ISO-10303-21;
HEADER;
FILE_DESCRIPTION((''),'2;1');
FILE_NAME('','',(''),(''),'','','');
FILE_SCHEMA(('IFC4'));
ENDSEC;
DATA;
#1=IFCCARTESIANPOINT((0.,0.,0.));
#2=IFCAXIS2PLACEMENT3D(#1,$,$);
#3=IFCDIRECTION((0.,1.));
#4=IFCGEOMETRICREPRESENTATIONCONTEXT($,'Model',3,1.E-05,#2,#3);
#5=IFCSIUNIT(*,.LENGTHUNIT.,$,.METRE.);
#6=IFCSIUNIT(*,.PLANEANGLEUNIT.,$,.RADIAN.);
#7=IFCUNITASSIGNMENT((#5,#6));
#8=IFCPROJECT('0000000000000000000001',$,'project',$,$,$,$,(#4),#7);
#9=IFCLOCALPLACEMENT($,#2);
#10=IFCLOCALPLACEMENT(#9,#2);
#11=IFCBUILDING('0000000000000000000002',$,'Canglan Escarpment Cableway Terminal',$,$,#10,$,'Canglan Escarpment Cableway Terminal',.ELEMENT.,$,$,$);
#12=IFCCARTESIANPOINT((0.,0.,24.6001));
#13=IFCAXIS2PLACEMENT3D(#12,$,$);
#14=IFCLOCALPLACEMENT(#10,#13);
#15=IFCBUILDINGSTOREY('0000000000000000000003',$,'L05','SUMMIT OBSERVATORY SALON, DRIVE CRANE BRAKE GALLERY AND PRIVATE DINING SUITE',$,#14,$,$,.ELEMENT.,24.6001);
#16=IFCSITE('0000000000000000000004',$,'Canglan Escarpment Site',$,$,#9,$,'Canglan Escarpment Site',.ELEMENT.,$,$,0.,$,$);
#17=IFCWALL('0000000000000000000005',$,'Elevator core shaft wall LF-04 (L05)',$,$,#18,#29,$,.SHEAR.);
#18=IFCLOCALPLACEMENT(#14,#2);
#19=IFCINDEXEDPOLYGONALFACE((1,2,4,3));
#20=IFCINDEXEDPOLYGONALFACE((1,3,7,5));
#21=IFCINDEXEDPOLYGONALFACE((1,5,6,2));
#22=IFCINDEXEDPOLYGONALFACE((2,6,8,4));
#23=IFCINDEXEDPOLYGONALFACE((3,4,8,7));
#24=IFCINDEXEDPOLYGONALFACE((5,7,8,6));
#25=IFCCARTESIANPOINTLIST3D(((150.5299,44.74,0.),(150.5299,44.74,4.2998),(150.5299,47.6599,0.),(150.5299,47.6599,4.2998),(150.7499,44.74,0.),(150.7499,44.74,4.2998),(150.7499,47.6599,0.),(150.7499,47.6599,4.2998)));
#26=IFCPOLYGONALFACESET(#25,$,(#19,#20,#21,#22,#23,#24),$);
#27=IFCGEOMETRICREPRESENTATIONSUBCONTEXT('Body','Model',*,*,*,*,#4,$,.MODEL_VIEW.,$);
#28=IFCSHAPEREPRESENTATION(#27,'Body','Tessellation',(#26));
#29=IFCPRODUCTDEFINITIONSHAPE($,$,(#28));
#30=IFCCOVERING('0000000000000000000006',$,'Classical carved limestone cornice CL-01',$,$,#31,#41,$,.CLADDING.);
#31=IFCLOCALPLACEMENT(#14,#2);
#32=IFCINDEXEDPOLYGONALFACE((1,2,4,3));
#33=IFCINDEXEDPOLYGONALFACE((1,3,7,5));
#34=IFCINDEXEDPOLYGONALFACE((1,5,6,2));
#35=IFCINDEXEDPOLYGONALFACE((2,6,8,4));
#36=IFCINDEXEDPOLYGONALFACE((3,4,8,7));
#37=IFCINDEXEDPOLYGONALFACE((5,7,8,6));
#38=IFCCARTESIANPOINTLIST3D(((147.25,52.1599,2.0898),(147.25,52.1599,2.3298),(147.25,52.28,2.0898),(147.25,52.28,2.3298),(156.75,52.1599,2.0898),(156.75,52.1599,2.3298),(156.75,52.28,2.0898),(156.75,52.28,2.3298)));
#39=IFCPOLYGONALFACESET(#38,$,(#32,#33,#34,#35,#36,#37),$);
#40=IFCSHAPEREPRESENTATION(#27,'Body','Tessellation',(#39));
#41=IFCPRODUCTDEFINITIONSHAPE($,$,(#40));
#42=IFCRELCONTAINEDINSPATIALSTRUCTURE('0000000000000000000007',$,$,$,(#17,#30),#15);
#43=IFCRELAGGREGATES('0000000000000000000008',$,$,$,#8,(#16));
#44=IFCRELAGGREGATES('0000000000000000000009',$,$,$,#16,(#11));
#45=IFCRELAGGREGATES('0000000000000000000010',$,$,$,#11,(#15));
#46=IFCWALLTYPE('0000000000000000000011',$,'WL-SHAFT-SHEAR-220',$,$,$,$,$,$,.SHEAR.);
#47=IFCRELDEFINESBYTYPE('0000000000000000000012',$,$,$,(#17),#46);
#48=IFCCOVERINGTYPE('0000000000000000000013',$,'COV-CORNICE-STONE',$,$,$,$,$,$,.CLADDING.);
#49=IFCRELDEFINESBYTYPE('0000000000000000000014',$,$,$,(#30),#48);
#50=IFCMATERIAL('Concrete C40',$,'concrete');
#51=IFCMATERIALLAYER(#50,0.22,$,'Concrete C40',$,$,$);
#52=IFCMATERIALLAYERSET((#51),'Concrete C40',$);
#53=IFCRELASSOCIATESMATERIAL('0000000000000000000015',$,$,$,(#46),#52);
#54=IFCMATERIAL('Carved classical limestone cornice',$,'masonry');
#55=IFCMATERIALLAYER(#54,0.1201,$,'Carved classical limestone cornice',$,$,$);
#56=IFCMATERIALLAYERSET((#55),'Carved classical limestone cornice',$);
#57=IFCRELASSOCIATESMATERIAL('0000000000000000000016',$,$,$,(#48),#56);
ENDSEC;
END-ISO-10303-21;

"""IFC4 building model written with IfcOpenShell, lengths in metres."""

from ifc_helpers import new_model, si_unit, direction, frame, frame_2d, origin, origin_2d, place, context, subcontext, project, spatial, rectangle, extrude, material, layer, layer_set, type_object, element, save


model = new_model("IFC4")

# Units and contexts
model_context = context("Model", 3, precision=1e-05, world=origin(), true_north=direction((0.0, 1.0)))
body_context = subcontext(model_context, "Body", "Model", "MODEL_VIEW")
ifc_project = project(units=[si_unit("LENGTHUNIT", "METRE"), si_unit("PLANEANGLEUNIT", "RADIAN")], contexts=[model_context])

# Site, building, storey
site_placement = place(None, origin())
site = spatial("IfcSite", under=ifc_project, at=site_placement, Name="Canglan Escarpment Site", LongName="Canglan Escarpment Site", CompositionType="ELEMENT", RefElevation=0.0)
building_placement = place(site_placement, origin())
building = spatial("IfcBuilding", under=site, at=building_placement, Name="Canglan Escarpment Cableway Terminal", LongName="Canglan Escarpment Cableway Terminal", CompositionType="ELEMENT")
storey_placement = place(building_placement, frame((0.0, 0.0, 24.6001)))
storey = spatial("IfcBuildingStorey", under=building, at=storey_placement, Name="L05", Description="SUMMIT OBSERVATORY SALON, DRIVE CRANE BRAKE GALLERY AND PRIVATE DINING SUITE", CompositionType="ELEMENT", Elevation=24.6001)

# Shared definitions
ifc_material_1 = material(Name="Concrete C40", Category="concrete")
ifc_layer_1 = layer(ifc_material_1, 0.22, Name="Concrete C40")
ifc_layer_set_1 = layer_set([ifc_layer_1], Name="Concrete C40")
wall_type = type_object("IfcWallType", Name="WL-SHAFT-SHEAR-220", PredefinedType="SHEAR", material=ifc_layer_set_1)

# Wall
wall_1_placement = place(storey_placement, frame((150.6399, 47.6599, 0.0), z_axis=(0.0, 0.0, 1.0), x_axis=(0.0, -1.0, 0.0)))
element("IfcWall", 1, at=wall_1_placement, inside=storey, type_object=wall_type, Name="Elevator core shaft wall LF-04 (L05)", PredefinedType="SHEAR", context=body_context, shape_type="SweptSolid", body=[
    extrude(rectangle(XDim=2.9199, YDim=0.22, at=frame_2d((1.46, 0.0))), origin(), (0.0, 0.0, 1.0), 4.2998),
])

# Covering
ifc_material_2 = material(Name="Carved classical limestone cornice", Category="masonry")
ifc_layer_2 = layer(ifc_material_2, 0.1201, Name="Carved classical limestone cornice")
ifc_layer_set_2 = layer_set([ifc_layer_2], Name="Carved classical limestone cornice")
covering_type = type_object("IfcCoveringType", Name="COV-CORNICE-STONE", PredefinedType="CLADDING", material=ifc_layer_set_2)
covering_placement = place(storey_placement, frame((152.0, 52.22, 2.0898), z_axis=(0.0, 0.0, 1.0), x_axis=(-1.0, 0.0, 0.0)))
element("IfcCovering", 2, at=covering_placement, inside=storey, type_object=covering_type, Name="Classical carved limestone cornice CL-01", PredefinedType="CLADDING", context=body_context, shape_type="SweptSolid", body=[
    extrude(rectangle(XDim=9.5, YDim=0.1201, at=origin_2d()), origin(), (0.0, 0.0, 1.0), 0.24),
])

save(model, "model.ifc")
